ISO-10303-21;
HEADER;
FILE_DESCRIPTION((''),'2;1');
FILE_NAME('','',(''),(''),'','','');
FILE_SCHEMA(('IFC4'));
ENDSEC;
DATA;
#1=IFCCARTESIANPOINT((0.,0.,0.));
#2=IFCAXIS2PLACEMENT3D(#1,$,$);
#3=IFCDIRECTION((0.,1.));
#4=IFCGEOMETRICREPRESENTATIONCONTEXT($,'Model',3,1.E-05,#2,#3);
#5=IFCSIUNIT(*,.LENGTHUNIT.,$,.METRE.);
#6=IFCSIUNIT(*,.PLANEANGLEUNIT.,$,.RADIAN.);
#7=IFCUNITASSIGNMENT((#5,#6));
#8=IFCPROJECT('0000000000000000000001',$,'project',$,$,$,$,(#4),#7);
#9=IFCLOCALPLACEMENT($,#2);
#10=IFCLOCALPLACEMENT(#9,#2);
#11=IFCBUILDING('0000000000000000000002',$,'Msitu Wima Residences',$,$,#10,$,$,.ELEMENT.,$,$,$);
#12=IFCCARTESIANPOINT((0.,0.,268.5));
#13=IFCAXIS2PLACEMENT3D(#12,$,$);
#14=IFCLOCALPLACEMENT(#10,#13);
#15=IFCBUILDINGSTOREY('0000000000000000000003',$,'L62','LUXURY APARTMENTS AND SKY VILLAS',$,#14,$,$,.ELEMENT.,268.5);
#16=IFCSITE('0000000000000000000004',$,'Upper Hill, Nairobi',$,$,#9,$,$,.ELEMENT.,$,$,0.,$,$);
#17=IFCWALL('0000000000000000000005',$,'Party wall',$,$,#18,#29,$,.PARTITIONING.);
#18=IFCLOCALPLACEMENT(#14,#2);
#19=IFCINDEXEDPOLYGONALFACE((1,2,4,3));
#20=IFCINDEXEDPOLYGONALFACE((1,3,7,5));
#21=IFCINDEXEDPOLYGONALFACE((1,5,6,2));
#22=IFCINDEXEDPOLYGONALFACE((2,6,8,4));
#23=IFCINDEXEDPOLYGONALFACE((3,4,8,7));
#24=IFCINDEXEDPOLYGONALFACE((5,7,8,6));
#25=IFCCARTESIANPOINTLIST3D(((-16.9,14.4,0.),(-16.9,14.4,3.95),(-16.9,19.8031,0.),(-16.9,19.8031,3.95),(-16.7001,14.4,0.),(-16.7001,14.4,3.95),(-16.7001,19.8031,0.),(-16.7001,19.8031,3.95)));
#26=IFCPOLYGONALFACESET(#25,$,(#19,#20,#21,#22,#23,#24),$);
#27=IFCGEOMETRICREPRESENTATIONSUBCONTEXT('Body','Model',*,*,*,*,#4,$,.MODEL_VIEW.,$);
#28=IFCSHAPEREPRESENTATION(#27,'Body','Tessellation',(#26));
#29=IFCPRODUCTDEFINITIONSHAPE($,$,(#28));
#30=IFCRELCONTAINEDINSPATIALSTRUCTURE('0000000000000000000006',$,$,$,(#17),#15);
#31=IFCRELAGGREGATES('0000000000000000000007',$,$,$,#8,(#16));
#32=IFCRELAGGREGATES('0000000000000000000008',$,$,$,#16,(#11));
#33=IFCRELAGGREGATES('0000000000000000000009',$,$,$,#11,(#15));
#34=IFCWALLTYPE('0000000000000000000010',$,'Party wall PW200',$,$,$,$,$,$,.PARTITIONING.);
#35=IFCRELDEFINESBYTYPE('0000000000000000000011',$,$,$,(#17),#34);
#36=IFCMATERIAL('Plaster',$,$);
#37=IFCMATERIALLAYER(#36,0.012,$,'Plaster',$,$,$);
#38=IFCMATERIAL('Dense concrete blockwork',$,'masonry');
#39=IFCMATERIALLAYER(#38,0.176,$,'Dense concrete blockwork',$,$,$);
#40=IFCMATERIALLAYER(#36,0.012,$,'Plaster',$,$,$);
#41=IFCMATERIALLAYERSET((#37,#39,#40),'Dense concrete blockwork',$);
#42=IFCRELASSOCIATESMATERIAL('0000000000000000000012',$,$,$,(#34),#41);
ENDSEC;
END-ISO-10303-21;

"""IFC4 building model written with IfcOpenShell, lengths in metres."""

from ifc_helpers import new_model, si_unit, direction, frame, frame_2d, origin, place, context, subcontext, project, spatial, rectangle, extrude, material, layer, layer_set, type_object, element, save


model = new_model("IFC4")

# Units and contexts
model_context = context("Model", 3, precision=1e-05, world=origin(), true_north=direction((0.0, 1.0)))
body_context = subcontext(model_context, "Body", "Model", "MODEL_VIEW")
ifc_project = project(units=[si_unit("LENGTHUNIT", "METRE"), si_unit("PLANEANGLEUNIT", "RADIAN")], contexts=[model_context])

# Site, building, storey
site_placement = place(None, origin())
site = spatial("IfcSite", under=ifc_project, at=site_placement, Name="Upper Hill, Nairobi", CompositionType="ELEMENT", RefElevation=0.0)
building_placement = place(site_placement, origin())
building = spatial("IfcBuilding", under=site, at=building_placement, Name="Msitu Wima Residences", CompositionType="ELEMENT")
storey_placement = place(building_placement, frame((0.0, 0.0, 268.5)))
storey = spatial("IfcBuildingStorey", under=building, at=storey_placement, Name="L62", Description="LUXURY APARTMENTS AND SKY VILLAS", CompositionType="ELEMENT", Elevation=268.5)

# Shared definitions
ifc_material_1 = material(Name="Plaster")

# Wall
ifc_layer_1 = layer(ifc_material_1, 0.012, Name="Plaster")
ifc_material_2 = material(Name="Dense concrete blockwork", Category="masonry")
ifc_layer_2 = layer(ifc_material_2, 0.176, Name="Dense concrete blockwork")
ifc_layer_3 = layer(ifc_material_1, 0.012, Name="Plaster")
ifc_layer_set_1 = layer_set([ifc_layer_1, ifc_layer_2, ifc_layer_3], Name="Dense concrete blockwork")
wall_type_1 = type_object("IfcWallType", Name="Party wall PW200", PredefinedType="PARTITIONING", material=ifc_layer_set_1)
wall_1_placement = place(storey_placement, frame((-16.8, 14.3999, 0.0), z_axis=(0.0, 0.0, 1.0), x_axis=(0.0, 1.0, 0.0)))
element("IfcWall", 1, at=wall_1_placement, inside=storey, type_object=wall_type_1, Name="Party wall", PredefinedType="PARTITIONING", context=body_context, shape_type="SweptSolid", body=[
    extrude(rectangle(XDim=5.4031, YDim=0.2, at=frame_2d((2.7017, 0.0))), origin(), (0.0, 0.0, 1.0), 3.95),
])

save(model, "model.ifc")
